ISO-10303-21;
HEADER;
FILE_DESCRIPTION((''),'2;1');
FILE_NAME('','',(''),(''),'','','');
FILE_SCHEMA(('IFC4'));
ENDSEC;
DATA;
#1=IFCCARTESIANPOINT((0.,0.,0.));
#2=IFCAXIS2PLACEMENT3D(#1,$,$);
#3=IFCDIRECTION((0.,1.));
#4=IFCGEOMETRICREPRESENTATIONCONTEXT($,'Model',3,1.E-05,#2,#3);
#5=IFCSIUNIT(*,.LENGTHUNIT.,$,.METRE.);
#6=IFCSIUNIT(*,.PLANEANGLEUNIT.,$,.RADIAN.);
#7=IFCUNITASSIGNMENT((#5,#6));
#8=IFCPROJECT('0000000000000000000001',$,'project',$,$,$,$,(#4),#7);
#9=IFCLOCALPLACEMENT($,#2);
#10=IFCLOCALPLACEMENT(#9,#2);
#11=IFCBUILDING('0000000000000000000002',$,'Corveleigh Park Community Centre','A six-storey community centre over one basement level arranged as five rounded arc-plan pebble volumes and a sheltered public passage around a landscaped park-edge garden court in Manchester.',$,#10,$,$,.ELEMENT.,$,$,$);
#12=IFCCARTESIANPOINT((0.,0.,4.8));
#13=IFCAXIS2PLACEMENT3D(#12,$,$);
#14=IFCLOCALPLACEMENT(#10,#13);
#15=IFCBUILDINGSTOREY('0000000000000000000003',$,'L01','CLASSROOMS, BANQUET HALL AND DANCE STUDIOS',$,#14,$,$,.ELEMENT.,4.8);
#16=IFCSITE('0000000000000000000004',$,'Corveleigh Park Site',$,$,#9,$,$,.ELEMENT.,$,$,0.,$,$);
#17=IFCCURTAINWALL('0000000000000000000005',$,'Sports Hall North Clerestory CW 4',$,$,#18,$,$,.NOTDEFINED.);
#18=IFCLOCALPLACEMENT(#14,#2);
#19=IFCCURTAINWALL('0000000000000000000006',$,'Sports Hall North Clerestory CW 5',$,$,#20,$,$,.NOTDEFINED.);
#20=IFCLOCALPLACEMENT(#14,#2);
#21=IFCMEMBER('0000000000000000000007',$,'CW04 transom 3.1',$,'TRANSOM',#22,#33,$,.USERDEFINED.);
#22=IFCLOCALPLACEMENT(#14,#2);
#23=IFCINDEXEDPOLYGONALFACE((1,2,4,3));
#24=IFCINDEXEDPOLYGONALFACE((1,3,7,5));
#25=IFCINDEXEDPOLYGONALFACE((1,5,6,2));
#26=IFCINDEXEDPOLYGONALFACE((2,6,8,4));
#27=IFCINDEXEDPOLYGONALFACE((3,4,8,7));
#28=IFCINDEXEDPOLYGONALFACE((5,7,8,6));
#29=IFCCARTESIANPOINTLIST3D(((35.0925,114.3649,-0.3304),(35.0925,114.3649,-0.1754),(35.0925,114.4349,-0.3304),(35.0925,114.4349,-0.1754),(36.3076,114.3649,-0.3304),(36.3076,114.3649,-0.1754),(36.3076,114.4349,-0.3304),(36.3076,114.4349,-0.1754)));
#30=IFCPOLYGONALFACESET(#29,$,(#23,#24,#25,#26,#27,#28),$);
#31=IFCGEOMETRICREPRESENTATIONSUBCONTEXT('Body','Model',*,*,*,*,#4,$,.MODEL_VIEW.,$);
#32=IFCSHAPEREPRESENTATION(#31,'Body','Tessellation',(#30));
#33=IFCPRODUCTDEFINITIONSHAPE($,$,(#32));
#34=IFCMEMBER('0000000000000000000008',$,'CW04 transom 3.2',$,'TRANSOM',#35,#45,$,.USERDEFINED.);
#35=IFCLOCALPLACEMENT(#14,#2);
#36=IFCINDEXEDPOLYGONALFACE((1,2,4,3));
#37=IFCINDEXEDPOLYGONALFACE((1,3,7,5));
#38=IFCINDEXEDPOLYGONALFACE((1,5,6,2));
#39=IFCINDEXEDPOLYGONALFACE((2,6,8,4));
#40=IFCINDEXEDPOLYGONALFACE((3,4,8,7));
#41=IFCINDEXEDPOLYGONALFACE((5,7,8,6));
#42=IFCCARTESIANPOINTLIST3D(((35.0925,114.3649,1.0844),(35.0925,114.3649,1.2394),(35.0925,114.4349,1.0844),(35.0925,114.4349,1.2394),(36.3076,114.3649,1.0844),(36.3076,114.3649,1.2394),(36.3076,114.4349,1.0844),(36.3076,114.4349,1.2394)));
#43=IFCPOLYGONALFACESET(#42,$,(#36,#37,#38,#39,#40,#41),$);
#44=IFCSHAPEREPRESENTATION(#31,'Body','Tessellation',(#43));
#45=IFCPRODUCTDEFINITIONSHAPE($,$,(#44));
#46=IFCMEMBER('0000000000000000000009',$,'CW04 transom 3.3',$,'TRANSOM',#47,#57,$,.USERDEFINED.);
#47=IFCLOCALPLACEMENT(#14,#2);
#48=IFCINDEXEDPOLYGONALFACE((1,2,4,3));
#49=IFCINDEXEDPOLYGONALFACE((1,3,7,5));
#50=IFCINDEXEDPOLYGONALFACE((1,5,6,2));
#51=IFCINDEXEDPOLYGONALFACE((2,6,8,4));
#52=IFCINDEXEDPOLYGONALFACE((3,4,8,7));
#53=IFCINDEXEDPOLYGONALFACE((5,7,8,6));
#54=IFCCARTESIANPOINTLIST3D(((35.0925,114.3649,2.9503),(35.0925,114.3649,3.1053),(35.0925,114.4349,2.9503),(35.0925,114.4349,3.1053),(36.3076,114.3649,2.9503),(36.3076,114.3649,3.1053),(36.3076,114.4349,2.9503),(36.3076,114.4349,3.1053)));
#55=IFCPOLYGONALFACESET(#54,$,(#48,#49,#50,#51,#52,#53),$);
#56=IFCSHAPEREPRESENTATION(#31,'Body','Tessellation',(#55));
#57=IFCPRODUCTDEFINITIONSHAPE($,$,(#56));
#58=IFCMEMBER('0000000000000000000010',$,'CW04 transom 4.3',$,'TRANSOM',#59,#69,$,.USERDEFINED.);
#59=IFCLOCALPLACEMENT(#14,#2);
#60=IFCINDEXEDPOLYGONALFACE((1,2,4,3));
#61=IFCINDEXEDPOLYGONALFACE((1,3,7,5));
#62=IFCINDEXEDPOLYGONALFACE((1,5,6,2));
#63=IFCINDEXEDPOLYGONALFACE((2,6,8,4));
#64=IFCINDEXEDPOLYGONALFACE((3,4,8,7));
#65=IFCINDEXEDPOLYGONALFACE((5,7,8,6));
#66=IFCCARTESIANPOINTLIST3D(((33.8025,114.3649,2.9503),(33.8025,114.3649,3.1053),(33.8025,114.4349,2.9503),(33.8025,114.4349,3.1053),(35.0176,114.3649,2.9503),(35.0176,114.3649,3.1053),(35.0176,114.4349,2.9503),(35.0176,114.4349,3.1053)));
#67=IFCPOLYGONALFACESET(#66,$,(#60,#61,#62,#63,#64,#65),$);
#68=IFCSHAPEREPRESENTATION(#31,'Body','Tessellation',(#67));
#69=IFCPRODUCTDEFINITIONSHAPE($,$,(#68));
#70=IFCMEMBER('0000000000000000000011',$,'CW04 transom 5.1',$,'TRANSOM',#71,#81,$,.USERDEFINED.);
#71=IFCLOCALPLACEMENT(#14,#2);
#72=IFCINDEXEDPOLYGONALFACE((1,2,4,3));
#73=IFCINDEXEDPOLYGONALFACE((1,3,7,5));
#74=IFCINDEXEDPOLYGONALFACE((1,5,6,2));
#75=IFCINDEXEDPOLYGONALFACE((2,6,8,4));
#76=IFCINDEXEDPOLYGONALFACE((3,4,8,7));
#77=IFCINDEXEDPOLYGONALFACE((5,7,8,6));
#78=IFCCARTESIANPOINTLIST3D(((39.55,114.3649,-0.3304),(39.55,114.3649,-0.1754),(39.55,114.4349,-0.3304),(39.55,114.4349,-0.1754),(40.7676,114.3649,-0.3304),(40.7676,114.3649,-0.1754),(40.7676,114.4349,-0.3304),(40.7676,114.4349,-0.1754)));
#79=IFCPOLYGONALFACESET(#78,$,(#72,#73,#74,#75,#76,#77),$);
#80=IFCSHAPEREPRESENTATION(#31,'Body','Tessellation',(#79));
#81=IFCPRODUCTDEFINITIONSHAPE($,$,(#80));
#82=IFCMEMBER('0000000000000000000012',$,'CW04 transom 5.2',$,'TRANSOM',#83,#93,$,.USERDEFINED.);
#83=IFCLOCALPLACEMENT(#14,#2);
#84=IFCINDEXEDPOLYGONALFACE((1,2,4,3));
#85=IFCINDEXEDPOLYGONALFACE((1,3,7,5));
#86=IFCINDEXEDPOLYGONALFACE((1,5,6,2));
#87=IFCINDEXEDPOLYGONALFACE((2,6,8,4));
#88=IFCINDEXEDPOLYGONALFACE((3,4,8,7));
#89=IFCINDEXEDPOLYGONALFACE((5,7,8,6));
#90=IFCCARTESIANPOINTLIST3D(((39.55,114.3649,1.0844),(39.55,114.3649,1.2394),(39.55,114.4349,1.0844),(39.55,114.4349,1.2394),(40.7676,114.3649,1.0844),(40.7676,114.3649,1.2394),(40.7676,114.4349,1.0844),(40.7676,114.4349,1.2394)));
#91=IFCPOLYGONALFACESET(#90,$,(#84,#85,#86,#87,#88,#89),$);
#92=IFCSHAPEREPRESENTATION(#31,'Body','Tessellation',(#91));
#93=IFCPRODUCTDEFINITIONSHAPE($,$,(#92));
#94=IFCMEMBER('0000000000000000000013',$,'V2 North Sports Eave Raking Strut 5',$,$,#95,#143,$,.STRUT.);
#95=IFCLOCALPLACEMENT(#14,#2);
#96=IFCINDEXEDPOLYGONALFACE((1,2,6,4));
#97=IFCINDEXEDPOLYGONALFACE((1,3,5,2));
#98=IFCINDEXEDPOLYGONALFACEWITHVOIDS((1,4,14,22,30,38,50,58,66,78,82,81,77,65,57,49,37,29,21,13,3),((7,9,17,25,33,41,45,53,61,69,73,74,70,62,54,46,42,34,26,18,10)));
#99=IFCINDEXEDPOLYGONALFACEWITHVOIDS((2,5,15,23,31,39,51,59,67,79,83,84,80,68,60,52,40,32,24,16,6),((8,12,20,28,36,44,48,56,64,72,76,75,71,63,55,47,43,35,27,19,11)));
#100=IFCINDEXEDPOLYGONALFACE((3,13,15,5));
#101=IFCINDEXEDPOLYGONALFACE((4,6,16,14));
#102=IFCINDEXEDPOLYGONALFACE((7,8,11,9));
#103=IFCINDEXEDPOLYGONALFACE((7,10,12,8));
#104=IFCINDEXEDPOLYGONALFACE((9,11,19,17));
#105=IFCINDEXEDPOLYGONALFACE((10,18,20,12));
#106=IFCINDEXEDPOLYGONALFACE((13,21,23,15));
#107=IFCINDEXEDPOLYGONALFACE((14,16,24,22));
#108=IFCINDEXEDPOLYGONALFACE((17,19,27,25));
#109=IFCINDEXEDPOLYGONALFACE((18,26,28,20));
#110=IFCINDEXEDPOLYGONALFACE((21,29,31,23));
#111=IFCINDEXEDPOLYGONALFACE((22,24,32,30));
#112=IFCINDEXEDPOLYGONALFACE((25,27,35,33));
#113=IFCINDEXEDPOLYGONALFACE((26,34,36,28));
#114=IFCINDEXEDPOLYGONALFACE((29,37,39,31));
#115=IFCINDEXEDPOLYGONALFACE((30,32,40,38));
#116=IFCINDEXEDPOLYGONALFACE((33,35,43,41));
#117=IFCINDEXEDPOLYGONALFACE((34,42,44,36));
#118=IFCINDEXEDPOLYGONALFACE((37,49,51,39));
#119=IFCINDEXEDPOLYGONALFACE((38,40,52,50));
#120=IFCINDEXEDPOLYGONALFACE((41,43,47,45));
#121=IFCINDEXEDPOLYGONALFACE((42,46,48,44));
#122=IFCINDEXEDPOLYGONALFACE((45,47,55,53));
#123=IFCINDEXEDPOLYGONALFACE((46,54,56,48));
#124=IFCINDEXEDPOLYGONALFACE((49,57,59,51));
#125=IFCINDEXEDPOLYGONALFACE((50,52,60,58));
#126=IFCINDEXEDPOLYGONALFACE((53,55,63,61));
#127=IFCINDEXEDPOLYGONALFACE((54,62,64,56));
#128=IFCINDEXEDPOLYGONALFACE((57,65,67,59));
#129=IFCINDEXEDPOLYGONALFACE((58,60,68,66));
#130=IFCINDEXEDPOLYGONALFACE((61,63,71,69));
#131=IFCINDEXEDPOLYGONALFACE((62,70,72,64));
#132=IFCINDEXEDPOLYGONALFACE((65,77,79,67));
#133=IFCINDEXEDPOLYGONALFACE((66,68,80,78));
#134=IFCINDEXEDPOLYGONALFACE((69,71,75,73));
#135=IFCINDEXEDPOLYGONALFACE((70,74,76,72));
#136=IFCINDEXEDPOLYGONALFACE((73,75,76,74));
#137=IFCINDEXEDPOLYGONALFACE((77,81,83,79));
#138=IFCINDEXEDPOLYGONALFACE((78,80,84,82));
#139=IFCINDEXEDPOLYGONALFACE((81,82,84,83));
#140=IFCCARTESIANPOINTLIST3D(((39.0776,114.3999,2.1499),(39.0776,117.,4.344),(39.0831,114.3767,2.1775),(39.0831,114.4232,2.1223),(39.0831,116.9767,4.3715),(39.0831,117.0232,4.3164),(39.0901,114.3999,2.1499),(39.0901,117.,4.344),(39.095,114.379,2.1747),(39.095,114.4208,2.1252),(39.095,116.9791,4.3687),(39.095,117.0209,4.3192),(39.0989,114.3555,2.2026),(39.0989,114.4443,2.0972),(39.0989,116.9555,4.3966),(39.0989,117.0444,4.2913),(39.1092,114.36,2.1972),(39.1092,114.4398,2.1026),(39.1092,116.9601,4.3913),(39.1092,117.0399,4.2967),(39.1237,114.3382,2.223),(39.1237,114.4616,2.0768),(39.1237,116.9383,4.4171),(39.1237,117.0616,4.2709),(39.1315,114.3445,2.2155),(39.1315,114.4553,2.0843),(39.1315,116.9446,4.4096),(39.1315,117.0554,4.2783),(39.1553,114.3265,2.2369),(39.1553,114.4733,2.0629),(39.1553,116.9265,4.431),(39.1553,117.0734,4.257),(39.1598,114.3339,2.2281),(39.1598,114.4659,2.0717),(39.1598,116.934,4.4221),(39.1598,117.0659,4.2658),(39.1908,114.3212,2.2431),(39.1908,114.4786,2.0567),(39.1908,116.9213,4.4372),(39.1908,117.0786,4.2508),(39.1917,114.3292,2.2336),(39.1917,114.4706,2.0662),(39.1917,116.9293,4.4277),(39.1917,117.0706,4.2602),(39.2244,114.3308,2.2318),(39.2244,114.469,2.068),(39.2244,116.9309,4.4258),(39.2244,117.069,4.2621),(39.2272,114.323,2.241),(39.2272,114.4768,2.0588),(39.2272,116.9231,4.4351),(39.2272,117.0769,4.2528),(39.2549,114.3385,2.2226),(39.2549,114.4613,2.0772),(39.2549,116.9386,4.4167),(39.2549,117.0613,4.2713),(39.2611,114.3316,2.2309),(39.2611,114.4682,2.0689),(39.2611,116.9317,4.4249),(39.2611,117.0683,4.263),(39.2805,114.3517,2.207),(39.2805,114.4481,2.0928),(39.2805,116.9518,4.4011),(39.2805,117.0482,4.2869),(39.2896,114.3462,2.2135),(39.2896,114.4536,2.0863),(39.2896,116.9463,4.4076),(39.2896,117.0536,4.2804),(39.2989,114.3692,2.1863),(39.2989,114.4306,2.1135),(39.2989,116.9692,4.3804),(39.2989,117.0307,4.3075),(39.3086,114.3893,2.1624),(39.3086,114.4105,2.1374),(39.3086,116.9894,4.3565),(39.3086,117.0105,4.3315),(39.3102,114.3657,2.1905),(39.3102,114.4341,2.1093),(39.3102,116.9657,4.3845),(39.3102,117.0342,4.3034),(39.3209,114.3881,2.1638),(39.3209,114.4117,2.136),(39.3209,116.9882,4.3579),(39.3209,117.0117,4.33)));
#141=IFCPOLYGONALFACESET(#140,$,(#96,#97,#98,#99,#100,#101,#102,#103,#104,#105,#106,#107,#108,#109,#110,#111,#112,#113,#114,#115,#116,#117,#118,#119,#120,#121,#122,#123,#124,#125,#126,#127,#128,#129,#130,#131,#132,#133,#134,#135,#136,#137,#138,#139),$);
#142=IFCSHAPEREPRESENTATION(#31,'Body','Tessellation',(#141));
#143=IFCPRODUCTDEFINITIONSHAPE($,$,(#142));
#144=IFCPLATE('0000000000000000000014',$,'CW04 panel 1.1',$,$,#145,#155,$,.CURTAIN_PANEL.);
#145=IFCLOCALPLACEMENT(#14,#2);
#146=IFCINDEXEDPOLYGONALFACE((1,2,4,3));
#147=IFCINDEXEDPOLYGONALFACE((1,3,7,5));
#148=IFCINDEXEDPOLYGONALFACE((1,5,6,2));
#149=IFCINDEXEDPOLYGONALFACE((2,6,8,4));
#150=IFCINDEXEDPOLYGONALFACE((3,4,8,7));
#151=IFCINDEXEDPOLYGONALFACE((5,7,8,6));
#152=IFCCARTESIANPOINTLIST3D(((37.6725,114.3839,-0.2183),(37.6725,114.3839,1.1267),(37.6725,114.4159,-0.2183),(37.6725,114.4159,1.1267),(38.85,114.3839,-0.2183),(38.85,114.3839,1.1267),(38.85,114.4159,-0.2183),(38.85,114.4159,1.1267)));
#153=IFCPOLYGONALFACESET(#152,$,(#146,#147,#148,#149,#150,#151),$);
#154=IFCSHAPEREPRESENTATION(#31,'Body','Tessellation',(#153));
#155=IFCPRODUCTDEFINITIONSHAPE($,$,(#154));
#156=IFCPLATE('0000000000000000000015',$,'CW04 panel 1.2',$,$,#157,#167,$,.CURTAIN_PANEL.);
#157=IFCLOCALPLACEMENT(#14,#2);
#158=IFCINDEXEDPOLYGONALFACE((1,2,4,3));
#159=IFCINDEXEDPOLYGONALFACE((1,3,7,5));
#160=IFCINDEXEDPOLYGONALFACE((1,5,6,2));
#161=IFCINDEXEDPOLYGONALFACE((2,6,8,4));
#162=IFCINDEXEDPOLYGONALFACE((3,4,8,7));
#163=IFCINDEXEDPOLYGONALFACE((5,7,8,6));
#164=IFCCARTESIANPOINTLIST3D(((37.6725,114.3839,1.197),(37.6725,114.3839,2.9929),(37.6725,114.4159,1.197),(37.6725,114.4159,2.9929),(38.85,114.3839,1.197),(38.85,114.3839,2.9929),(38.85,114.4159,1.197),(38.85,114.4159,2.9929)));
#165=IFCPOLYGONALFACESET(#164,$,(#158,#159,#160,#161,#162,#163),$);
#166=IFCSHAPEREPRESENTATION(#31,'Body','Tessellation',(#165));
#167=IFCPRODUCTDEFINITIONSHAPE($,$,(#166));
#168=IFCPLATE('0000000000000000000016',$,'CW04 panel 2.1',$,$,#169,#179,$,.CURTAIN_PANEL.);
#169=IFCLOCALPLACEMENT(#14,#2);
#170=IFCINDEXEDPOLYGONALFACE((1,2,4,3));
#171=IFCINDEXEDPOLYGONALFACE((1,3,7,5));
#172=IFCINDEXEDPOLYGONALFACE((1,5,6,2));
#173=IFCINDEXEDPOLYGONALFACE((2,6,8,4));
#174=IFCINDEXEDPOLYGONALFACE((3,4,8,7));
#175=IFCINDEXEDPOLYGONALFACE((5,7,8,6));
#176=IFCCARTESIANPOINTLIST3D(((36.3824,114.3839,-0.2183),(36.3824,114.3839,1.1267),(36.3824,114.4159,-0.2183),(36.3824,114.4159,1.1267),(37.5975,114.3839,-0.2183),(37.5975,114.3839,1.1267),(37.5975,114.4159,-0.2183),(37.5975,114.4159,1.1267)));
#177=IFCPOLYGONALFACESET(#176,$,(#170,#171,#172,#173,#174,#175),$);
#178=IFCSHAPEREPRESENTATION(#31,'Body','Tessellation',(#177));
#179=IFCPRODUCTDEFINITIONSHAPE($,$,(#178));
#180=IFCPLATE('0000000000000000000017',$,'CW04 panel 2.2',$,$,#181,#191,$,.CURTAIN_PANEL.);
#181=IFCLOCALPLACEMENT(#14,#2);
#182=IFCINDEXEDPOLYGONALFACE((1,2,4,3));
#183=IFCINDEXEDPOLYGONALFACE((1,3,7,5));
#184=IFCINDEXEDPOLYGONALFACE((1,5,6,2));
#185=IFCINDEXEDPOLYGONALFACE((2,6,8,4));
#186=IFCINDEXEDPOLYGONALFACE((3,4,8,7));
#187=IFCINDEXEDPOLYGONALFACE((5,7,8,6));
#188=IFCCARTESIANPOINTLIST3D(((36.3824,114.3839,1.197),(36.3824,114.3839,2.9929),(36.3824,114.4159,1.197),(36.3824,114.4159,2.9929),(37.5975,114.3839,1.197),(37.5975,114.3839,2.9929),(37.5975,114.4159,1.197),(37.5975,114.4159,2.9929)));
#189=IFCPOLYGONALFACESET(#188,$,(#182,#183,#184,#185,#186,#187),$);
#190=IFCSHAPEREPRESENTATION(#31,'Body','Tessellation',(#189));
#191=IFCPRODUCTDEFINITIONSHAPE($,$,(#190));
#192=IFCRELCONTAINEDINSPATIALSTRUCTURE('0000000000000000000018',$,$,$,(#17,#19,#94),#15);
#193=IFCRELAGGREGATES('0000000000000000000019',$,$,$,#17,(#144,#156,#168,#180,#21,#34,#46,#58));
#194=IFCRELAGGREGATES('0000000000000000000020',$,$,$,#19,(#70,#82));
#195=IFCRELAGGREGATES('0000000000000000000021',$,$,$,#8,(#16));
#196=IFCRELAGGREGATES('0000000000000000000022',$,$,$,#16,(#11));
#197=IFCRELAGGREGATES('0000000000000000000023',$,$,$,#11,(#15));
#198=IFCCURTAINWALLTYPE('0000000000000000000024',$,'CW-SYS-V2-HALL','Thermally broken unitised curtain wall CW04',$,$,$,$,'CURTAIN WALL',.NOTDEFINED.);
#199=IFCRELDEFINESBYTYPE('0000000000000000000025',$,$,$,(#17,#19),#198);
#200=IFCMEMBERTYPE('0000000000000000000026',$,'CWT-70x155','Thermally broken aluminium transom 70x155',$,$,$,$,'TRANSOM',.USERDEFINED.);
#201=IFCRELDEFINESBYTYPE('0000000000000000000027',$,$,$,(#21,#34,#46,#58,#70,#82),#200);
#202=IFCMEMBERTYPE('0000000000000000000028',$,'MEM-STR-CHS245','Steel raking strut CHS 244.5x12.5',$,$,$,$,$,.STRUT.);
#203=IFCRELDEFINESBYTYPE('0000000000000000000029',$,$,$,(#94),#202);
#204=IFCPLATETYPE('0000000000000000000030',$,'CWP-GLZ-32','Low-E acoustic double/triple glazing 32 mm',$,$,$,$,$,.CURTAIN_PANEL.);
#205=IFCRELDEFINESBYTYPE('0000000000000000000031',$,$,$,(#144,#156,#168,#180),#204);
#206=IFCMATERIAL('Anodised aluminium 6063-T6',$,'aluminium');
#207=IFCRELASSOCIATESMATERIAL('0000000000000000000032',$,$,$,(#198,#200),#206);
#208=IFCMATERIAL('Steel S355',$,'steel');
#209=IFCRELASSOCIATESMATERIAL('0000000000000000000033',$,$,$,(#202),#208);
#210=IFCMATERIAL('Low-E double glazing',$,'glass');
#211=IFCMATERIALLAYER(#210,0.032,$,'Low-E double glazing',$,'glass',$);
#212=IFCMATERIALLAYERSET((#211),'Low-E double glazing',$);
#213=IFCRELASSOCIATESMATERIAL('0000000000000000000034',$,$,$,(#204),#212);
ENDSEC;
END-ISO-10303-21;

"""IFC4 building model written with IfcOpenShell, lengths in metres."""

from ifc_helpers import new_model, si_unit, direction, frame, origin, origin_2d, place, context, subcontext, project, spatial, rectangle, hollow_circle, extrude, material, layer, layer_set, material_profile, profile_set, type_object, element, aggregate, save


model = new_model("IFC4")

# Units and contexts
model_context = context("Model", 3, precision=1e-05, world=origin(), true_north=direction((0.0, 1.0)))
body_context = subcontext(model_context, "Body", "Model", "MODEL_VIEW")
ifc_project = project(units=[si_unit("LENGTHUNIT", "METRE"), si_unit("PLANEANGLEUNIT", "RADIAN")], contexts=[model_context])

# Site, building, storey
site_placement = place(None, origin())
site = spatial("IfcSite", under=ifc_project, at=site_placement, Name="Corveleigh Park Site", CompositionType="ELEMENT", RefElevation=0.0)
building_placement = place(site_placement, origin())
building = spatial("IfcBuilding", under=site, at=building_placement, Name="Corveleigh Park Community Centre", Description="A six-storey community centre over one basement level arranged as five rounded arc-plan pebble volumes and a sheltered public passage around a landscaped park-edge garden court in Manchester.", CompositionType="ELEMENT")
storey_placement = place(building_placement, frame((0.0, 0.0, 4.8)))
storey = spatial("IfcBuildingStorey", under=building, at=storey_placement, Name="L01", Description="CLASSROOMS, BANQUET HALL AND DANCE STUDIOS", CompositionType="ELEMENT", Elevation=4.8)

# Shared definitions
ifc_material_1 = material(Name="Steel S355", Category="steel")

# Curtain wall
ifc_material_2 = material(Name="Anodised aluminium 6063-T6", Category="aluminium")
curtain_wall_type = type_object("IfcCurtainWallType", Name="CW-SYS-V2-HALL", Description="Thermally broken unitised curtain wall CW04", ElementType="CURTAIN WALL", PredefinedType="NOTDEFINED", material=ifc_material_2)
curtain_wall_1_placement = place(storey_placement, origin())
curtain_wall_1 = element("IfcCurtainWall", 1, at=curtain_wall_1_placement, inside=storey, type_object=curtain_wall_type, Name="Sports Hall North Clerestory CW 4", PredefinedType="NOTDEFINED")

# Curtain wall
curtain_wall_2_placement = place(storey_placement, origin())
curtain_wall_2 = element("IfcCurtainWall", 2, at=curtain_wall_2_placement, inside=storey, type_object=curtain_wall_type, Name="Sports Hall North Clerestory CW 5", PredefinedType="NOTDEFINED")

# Members
ifc_material_profile_1 = material_profile(ifc_material_2, rectangle(XDim=0.0701, YDim=0.155, at=origin_2d()), Name="ALU-T70x155", Category="aluminium")
ifc_profile_set_1 = profile_set([ifc_material_profile_1], Name="Anodised aluminium 6063-T6")
member_type_1 = type_object("IfcMemberType", Name="CWT-70x155", Description="Thermally broken aluminium transom 70x155", ElementType="TRANSOM", PredefinedType="USERDEFINED", material=ifc_profile_set_1)
member_1_placement = place(storey_placement, frame((36.3076, 114.3999, -0.2529), z_axis=(-1.0, 0.0, 0.0), x_axis=(0.0, -1.0, 0.0)))
member_1 = element("IfcMember", 3, at=member_1_placement, type_object=member_type_1, Name="CW04 transom 3.1", ObjectType="TRANSOM", PredefinedType="USERDEFINED", context=body_context, shape_type="SweptSolid", body=[
    extrude(rectangle(XDim=0.0701, YDim=0.155, at=origin_2d()), origin(), (0.0, 0.0, 1.0), 1.2151),
])
member_2_placement = place(storey_placement, frame((36.3076, 114.3999, 1.1619), z_axis=(-1.0, 0.0, 0.0), x_axis=(0.0, -1.0, 0.0)))
member_2 = element("IfcMember", 4, at=member_2_placement, type_object=member_type_1, Name="CW04 transom 3.2", ObjectType="TRANSOM", PredefinedType="USERDEFINED", context=body_context, shape_type="SweptSolid", body=[
    extrude(rectangle(XDim=0.0701, YDim=0.155, at=origin_2d()), origin(), (0.0, 0.0, 1.0), 1.2151),
])
member_3_placement = place(storey_placement, frame((36.3076, 114.3999, 3.0278), z_axis=(-1.0, 0.0, 0.0), x_axis=(0.0, -1.0, 0.0)))
member_3 = element("IfcMember", 5, at=member_3_placement, type_object=member_type_1, Name="CW04 transom 3.3", ObjectType="TRANSOM", PredefinedType="USERDEFINED", context=body_context, shape_type="SweptSolid", body=[
    extrude(rectangle(XDim=0.0701, YDim=0.155, at=origin_2d()), origin(), (0.0, 0.0, 1.0), 1.2151),
])
member_4_placement = place(storey_placement, frame((35.0176, 114.3999, 3.0278), z_axis=(-1.0, 0.0, 0.0), x_axis=(0.0, -1.0, 0.0)))
member_4 = element("IfcMember", 6, at=member_4_placement, type_object=member_type_1, Name="CW04 transom 4.3", ObjectType="TRANSOM", PredefinedType="USERDEFINED", context=body_context, shape_type="SweptSolid", body=[
    extrude(rectangle(XDim=0.0701, YDim=0.155, at=origin_2d()), origin(), (0.0, 0.0, 1.0), 1.2151),
])
member_5_placement = place(storey_placement, frame((40.7676, 114.3999, -0.2529), z_axis=(-1.0, 0.0, 0.0), x_axis=(0.0, -1.0, 0.0)))
member_5 = element("IfcMember", 7, at=member_5_placement, type_object=member_type_1, Name="CW04 transom 5.1", ObjectType="TRANSOM", PredefinedType="USERDEFINED", context=body_context, shape_type="SweptSolid", body=[
    extrude(rectangle(XDim=0.0701, YDim=0.155, at=origin_2d()), origin(), (0.0, 0.0, 1.0), 1.2175),
])
member_6_placement = place(storey_placement, frame((40.7676, 114.3999, 1.1619), z_axis=(-1.0, 0.0, 0.0), x_axis=(0.0, -1.0, 0.0)))
member_6 = element("IfcMember", 8, at=member_6_placement, type_object=member_type_1, Name="CW04 transom 5.2", ObjectType="TRANSOM", PredefinedType="USERDEFINED", context=body_context, shape_type="SweptSolid", body=[
    extrude(rectangle(XDim=0.0701, YDim=0.155, at=origin_2d()), origin(), (0.0, 0.0, 1.0), 1.2175),
])
ifc_material_profile_2 = material_profile(ifc_material_1, hollow_circle(Radius=0.1223, WallThickness=0.0125, at=origin_2d()), Name="CHS 244.5x12.5", Category="steel")
ifc_profile_set_2 = profile_set([ifc_material_profile_2], Name="Steel S355")
member_type_2 = type_object("IfcMemberType", Name="MEM-STR-CHS245", Description="Steel raking strut CHS 244.5x12.5", PredefinedType="STRUT", material=ifc_profile_set_2)
member_7_placement = place(storey_placement, frame((39.2, 114.3999, 2.1499), z_axis=(0.0, 0.764254, 0.644915), x_axis=(-1.0, 0.0, 0.0)))
element("IfcMember", 9, at=member_7_placement, inside=storey, type_object=member_type_2, Name="V2 North Sports Eave Raking Strut 5", PredefinedType="STRUT", context=body_context, shape_type="SweptSolid", body=[
    extrude(hollow_circle(Radius=0.1223, WallThickness=0.0125, at=origin_2d()), origin(), (0.0, 0.0, 1.0), 3.4021),
])

# Plates
ifc_material_3 = material(Name="Low-E double glazing", Category="glass")
ifc_layer_1 = layer(ifc_material_3, 0.032, Name="Low-E double glazing", Category="glass")
ifc_layer_set_1 = layer_set([ifc_layer_1], Name="Low-E double glazing")
plate_type_1 = type_object("IfcPlateType", Name="CWP-GLZ-32", Description="Low-E acoustic double/triple glazing 32 mm", PredefinedType="CURTAIN_PANEL", material=ifc_layer_set_1)
plate_1_placement = place(storey_placement, frame((38.2612, 114.3999, -0.2183), z_axis=(0.0, 0.0, 1.0), x_axis=(-1.0, 0.0, 0.0)))
plate_1 = element("IfcPlate", 10, at=plate_1_placement, type_object=plate_type_1, Name="CW04 panel 1.1", PredefinedType="CURTAIN_PANEL", context=body_context, shape_type="SweptSolid", body=[
    extrude(rectangle(XDim=1.1775, YDim=0.032, at=origin_2d()), origin(), (0.0, 0.0, 1.0), 1.345),
])
plate_2_placement = place(storey_placement, frame((38.2612, 114.3999, 1.197), z_axis=(0.0, 0.0, 1.0), x_axis=(-1.0, 0.0, 0.0)))
plate_2 = element("IfcPlate", 11, at=plate_2_placement, type_object=plate_type_1, Name="CW04 panel 1.2", PredefinedType="CURTAIN_PANEL", context=body_context, shape_type="SweptSolid", body=[
    extrude(rectangle(XDim=1.1775, YDim=0.032, at=origin_2d()), origin(), (0.0, 0.0, 1.0), 1.7959),
])
plate_3_placement = place(storey_placement, frame((36.99, 114.3999, -0.2183), z_axis=(0.0, 0.0, 1.0), x_axis=(-1.0, 0.0, 0.0)))
plate_3 = element("IfcPlate", 12, at=plate_3_placement, type_object=plate_type_1, Name="CW04 panel 2.1", PredefinedType="CURTAIN_PANEL", context=body_context, shape_type="SweptSolid", body=[
    extrude(rectangle(XDim=1.2151, YDim=0.032, at=origin_2d()), origin(), (0.0, 0.0, 1.0), 1.345),
])
plate_4_placement = place(storey_placement, frame((36.99, 114.3999, 1.197), z_axis=(0.0, 0.0, 1.0), x_axis=(-1.0, 0.0, 0.0)))
plate_4 = element("IfcPlate", 13, at=plate_4_placement, type_object=plate_type_1, Name="CW04 panel 2.2", PredefinedType="CURTAIN_PANEL", context=body_context, shape_type="SweptSolid", body=[
    extrude(rectangle(XDim=1.2151, YDim=0.032, at=origin_2d()), origin(), (0.0, 0.0, 1.0), 1.7959),
])
aggregate(curtain_wall_1, [plate_1, plate_2, plate_3, plate_4, member_1, member_2, member_3, member_4])
aggregate(curtain_wall_2, [member_5, member_6])

save(model, "model.ifc")
